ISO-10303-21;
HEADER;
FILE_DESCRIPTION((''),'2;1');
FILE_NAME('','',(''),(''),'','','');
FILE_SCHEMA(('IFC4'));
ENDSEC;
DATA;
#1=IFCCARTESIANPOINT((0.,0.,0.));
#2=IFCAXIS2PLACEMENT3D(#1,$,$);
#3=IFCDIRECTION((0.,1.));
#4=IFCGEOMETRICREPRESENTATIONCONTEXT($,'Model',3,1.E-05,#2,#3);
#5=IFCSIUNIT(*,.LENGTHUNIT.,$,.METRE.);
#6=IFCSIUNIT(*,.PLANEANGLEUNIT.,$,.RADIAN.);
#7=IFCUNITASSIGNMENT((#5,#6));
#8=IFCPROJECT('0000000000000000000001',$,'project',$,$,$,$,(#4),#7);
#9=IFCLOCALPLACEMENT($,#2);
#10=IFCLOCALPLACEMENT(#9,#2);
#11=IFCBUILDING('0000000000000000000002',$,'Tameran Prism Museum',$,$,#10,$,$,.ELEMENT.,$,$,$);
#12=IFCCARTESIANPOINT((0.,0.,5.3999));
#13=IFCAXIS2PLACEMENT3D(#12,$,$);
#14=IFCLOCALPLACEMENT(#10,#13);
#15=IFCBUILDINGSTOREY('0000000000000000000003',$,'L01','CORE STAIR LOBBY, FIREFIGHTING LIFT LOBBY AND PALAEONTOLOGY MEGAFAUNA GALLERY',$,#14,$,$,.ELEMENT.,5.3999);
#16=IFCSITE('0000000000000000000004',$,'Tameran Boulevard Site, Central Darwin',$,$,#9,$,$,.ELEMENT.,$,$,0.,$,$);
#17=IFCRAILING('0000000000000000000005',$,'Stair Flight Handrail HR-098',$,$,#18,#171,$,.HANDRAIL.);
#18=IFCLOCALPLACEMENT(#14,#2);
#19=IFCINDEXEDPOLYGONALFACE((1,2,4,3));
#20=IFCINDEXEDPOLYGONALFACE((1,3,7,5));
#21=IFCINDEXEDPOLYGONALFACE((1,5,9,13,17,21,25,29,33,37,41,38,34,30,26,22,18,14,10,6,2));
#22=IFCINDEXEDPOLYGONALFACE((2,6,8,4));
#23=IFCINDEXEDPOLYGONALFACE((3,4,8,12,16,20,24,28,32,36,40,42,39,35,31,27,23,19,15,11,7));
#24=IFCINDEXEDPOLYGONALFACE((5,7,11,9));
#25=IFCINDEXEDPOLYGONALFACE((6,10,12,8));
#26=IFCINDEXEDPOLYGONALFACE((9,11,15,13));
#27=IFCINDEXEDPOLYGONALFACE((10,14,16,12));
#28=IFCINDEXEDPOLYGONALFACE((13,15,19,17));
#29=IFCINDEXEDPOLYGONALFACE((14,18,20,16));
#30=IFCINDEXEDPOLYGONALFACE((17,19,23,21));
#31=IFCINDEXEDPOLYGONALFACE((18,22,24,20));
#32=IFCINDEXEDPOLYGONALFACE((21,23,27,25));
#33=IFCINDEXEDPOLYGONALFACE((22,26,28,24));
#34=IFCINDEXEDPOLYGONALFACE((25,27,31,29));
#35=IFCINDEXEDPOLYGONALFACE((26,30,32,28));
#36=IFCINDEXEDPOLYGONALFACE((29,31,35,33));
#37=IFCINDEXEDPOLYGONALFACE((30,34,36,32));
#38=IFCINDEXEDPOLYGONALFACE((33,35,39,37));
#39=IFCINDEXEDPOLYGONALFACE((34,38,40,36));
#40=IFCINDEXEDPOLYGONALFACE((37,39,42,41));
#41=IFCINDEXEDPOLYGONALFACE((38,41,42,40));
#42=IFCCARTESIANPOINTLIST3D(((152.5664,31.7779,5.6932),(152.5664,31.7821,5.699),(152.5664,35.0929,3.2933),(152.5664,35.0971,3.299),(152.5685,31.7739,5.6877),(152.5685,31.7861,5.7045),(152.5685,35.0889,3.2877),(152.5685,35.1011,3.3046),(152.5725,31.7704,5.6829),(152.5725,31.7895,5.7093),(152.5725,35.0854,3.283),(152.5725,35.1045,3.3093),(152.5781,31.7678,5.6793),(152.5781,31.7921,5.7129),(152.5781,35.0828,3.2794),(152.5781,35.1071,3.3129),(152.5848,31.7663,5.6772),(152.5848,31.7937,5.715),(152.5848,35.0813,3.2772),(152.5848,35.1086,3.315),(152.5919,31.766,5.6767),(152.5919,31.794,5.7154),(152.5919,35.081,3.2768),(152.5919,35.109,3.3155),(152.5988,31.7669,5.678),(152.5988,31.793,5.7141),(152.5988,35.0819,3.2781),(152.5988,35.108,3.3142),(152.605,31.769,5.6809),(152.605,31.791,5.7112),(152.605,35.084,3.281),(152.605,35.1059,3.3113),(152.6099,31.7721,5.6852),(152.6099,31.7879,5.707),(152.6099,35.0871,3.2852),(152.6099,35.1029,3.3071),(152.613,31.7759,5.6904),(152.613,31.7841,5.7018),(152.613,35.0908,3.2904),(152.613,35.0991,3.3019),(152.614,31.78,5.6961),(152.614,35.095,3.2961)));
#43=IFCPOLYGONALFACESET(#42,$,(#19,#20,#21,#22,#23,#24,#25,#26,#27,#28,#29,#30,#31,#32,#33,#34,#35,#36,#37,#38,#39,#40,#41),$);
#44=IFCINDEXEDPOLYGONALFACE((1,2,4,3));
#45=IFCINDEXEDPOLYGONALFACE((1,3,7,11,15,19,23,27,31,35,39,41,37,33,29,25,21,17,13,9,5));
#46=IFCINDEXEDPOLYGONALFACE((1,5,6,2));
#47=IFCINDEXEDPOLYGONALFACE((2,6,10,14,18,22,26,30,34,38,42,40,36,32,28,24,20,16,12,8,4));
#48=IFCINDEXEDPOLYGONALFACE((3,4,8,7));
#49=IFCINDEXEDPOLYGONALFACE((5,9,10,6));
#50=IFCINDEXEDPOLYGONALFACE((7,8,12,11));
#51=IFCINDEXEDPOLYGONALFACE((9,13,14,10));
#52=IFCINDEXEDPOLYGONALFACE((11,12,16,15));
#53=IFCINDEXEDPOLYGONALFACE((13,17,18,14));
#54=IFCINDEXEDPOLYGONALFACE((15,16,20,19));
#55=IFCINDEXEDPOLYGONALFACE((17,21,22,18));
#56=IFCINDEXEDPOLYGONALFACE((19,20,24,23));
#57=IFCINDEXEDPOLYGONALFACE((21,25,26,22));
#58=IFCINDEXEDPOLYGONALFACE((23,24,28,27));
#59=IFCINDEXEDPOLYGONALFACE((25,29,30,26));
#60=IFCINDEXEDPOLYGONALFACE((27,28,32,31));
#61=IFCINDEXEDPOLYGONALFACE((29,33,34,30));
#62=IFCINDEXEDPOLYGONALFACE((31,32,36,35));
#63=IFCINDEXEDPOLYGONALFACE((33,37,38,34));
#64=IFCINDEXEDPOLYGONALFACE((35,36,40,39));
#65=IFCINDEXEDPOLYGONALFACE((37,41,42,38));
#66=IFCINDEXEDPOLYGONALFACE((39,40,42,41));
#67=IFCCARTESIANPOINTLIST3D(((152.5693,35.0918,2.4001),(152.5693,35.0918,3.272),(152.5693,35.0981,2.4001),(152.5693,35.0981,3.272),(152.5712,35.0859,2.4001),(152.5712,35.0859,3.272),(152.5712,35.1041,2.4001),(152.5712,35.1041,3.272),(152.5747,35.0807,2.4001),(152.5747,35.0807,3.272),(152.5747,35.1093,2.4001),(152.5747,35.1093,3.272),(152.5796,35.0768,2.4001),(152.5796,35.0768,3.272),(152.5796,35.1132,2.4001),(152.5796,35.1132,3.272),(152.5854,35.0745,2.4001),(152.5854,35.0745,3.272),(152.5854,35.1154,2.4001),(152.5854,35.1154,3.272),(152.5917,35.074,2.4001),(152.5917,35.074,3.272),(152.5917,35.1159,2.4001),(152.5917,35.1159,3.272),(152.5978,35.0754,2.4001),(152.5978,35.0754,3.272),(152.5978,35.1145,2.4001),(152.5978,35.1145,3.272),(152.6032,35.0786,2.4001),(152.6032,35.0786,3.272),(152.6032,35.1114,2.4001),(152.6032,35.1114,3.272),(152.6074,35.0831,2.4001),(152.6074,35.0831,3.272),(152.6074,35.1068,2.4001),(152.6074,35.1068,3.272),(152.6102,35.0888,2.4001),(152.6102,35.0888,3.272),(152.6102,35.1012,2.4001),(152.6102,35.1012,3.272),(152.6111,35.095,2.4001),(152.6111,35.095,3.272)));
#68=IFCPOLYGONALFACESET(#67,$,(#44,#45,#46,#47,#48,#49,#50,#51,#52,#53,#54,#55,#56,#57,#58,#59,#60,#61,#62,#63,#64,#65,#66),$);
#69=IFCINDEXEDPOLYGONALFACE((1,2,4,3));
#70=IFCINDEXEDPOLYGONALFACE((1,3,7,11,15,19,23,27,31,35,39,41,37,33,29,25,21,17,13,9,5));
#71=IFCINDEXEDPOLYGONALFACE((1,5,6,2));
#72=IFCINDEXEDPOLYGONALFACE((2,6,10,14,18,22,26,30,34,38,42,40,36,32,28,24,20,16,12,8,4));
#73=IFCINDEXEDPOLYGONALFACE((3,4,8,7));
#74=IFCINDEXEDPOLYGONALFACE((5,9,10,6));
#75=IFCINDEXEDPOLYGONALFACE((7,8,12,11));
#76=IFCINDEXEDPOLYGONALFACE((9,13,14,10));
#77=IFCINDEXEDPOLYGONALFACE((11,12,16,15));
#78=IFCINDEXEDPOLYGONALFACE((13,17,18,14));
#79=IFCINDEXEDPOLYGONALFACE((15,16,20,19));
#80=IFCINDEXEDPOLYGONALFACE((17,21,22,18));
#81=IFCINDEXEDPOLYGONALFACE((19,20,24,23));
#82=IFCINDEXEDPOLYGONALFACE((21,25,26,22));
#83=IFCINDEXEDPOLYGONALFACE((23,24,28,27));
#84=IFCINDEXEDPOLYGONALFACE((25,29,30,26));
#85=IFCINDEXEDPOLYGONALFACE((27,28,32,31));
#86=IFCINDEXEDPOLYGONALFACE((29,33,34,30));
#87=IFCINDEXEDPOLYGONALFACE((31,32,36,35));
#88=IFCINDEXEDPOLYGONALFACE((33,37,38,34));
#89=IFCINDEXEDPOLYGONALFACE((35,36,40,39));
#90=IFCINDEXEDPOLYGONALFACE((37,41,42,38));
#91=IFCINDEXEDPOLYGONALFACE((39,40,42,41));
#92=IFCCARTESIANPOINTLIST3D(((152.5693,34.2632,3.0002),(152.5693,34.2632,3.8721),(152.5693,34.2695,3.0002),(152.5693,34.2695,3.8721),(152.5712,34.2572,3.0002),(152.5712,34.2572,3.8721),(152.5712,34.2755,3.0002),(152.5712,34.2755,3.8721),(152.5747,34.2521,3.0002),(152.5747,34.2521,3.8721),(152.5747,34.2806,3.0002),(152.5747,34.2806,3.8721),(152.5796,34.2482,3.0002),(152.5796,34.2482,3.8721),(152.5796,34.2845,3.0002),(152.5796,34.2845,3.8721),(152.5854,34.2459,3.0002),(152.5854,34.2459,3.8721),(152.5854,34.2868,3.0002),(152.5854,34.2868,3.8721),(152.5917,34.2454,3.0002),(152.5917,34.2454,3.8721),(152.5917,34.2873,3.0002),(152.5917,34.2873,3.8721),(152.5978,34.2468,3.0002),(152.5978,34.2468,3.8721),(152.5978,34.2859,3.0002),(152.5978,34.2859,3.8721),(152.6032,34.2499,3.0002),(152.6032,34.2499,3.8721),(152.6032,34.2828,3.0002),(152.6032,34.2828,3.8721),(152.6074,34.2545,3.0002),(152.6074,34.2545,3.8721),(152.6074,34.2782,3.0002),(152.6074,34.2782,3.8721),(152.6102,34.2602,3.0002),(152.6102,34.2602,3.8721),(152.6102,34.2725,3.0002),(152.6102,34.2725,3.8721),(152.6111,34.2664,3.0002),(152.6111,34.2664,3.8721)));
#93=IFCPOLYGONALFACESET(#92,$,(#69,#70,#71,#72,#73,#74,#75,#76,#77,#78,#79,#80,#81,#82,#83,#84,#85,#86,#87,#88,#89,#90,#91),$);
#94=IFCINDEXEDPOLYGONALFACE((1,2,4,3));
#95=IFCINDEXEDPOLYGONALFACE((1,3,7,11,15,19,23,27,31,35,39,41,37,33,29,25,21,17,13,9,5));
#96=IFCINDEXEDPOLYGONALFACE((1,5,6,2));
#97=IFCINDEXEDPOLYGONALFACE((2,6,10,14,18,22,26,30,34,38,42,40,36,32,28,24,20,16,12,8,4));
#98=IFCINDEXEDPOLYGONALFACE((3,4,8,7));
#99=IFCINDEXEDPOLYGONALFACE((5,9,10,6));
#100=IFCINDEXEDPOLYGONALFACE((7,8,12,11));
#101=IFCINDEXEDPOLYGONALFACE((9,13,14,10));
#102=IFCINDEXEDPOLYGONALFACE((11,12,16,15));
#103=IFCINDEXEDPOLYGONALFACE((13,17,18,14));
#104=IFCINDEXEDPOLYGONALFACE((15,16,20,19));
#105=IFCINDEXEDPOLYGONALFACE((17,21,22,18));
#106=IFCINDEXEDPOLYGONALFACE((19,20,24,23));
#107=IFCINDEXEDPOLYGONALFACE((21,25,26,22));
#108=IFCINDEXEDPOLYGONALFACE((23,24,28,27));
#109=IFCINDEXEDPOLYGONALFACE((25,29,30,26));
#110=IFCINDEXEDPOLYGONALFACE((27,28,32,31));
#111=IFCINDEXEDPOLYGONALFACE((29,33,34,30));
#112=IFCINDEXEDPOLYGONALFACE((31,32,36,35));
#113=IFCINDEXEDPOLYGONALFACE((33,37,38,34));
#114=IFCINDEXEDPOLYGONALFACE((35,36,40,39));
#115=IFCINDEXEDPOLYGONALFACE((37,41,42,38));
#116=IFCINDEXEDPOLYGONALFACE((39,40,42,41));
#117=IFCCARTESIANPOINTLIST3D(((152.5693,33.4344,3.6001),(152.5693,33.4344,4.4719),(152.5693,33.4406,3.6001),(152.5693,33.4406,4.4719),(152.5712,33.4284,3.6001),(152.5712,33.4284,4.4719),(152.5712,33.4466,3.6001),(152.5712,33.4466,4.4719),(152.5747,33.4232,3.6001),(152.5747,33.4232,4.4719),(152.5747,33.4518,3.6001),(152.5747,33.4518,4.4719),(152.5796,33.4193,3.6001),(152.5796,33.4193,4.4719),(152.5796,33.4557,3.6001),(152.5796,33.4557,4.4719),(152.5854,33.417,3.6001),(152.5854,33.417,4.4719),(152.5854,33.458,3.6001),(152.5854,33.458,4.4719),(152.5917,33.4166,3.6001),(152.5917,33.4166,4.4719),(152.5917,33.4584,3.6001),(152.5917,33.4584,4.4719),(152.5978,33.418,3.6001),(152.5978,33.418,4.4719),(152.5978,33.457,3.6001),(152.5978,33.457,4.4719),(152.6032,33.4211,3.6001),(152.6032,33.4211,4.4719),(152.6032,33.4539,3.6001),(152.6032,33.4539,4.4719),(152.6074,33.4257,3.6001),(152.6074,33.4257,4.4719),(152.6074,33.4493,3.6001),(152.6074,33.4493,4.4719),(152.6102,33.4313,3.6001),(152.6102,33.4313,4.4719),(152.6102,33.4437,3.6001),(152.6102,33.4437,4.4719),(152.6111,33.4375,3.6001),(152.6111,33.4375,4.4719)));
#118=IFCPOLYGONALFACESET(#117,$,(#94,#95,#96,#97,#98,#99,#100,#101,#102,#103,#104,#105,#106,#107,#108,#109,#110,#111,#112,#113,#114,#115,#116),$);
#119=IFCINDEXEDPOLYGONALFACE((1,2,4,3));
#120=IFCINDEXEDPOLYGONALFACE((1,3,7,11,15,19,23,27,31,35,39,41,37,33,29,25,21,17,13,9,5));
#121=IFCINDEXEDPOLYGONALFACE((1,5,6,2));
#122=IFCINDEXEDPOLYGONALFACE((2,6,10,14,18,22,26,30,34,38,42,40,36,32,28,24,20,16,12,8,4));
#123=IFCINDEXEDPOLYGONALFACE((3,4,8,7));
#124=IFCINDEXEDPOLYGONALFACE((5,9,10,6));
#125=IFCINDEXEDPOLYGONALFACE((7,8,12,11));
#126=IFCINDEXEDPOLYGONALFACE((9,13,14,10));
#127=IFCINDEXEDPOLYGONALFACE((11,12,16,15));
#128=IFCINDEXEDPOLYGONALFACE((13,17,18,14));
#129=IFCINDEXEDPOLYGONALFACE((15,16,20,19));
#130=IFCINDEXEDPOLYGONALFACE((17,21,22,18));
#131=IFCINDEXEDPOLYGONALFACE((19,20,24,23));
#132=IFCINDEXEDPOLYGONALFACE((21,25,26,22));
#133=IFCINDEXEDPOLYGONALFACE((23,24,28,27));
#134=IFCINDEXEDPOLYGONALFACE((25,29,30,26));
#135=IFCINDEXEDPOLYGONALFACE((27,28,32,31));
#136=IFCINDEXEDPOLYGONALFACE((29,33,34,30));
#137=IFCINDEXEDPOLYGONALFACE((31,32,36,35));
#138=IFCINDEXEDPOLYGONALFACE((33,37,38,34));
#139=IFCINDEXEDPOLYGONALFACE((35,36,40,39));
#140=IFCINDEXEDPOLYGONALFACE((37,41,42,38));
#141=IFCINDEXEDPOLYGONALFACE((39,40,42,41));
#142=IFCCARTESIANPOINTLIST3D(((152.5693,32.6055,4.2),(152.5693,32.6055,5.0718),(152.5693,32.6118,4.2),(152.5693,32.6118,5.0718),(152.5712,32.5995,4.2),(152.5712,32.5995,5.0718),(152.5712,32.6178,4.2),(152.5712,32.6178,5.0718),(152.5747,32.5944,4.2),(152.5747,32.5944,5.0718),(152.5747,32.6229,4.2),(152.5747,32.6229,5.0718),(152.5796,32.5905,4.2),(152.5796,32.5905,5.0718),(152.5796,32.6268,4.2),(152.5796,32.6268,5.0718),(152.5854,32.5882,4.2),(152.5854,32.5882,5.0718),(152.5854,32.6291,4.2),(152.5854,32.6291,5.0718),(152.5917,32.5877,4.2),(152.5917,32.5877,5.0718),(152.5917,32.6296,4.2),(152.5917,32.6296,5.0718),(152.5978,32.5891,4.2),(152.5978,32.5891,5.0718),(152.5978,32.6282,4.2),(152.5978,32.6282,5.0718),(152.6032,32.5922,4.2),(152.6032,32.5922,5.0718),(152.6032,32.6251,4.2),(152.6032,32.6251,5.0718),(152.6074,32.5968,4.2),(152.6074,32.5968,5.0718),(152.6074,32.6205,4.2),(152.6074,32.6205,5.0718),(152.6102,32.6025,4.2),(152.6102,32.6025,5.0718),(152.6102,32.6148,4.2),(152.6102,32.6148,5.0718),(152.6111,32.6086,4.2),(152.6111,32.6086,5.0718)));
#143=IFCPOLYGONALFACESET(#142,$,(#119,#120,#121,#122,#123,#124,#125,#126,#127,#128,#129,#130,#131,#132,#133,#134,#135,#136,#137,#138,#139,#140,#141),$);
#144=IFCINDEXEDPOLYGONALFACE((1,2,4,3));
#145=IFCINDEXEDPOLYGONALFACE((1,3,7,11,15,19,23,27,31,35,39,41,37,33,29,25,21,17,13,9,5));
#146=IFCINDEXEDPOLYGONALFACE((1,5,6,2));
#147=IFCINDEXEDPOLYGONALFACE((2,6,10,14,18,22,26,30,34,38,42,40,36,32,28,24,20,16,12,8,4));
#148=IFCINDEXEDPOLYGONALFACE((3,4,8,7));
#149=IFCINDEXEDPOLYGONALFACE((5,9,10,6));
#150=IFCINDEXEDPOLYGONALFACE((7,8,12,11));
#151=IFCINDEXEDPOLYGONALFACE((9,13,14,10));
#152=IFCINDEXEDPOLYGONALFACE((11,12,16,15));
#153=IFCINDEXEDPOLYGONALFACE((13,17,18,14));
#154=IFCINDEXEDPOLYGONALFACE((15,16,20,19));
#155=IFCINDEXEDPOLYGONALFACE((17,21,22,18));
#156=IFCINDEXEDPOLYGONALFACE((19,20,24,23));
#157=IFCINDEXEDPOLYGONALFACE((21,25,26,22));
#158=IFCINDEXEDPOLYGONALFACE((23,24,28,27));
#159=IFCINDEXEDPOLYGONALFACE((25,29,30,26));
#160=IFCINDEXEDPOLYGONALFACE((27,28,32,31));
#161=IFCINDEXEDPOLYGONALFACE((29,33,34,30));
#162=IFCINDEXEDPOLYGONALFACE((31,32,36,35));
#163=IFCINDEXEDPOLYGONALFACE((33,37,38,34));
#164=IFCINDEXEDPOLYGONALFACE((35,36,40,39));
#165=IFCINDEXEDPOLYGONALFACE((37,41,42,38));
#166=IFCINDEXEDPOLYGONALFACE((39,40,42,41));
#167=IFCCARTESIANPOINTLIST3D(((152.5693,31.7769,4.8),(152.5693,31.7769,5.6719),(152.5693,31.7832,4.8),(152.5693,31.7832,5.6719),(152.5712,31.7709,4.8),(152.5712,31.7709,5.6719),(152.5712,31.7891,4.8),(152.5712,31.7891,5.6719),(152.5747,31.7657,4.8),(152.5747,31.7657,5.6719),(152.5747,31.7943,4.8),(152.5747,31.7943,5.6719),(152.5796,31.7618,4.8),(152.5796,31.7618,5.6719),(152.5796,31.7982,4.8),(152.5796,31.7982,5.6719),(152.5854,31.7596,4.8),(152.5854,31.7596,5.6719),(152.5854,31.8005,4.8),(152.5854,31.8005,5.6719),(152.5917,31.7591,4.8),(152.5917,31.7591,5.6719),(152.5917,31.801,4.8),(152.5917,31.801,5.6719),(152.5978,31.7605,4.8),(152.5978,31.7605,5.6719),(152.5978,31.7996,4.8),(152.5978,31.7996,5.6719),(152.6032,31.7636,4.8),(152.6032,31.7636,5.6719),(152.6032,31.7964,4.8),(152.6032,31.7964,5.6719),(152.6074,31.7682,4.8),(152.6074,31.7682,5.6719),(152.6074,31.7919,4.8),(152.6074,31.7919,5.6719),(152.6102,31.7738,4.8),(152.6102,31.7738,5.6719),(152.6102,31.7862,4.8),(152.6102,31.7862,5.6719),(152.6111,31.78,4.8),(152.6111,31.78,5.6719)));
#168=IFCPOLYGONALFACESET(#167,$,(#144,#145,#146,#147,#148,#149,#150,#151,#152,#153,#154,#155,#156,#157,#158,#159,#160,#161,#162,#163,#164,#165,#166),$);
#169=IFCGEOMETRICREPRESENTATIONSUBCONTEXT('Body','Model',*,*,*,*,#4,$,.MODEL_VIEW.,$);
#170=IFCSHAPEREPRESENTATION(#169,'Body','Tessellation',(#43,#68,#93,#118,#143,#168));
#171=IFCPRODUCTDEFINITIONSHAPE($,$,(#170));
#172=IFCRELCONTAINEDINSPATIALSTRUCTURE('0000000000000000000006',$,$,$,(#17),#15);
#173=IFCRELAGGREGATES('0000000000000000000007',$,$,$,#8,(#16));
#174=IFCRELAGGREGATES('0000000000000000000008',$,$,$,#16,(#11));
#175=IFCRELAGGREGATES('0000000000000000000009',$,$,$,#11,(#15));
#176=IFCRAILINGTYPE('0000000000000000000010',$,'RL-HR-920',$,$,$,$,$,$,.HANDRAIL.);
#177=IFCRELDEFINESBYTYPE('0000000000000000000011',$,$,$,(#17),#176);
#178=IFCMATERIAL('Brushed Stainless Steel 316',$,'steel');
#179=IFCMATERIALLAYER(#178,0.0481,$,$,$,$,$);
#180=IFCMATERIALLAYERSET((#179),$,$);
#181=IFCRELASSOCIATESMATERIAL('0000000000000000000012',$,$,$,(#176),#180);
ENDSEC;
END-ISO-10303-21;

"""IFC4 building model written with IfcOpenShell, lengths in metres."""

from ifc_helpers import new_model, si_unit, direction, frame, origin, origin_2d, place, context, subcontext, project, spatial, circle, extrude, material, layer, layer_set, type_object, element, save


model = new_model("IFC4")

# Units and contexts
model_context = context("Model", 3, precision=1e-05, world=origin(), true_north=direction((0.0, 1.0)))
body_context = subcontext(model_context, "Body", "Model", "MODEL_VIEW")
ifc_project = project(units=[si_unit("LENGTHUNIT", "METRE"), si_unit("PLANEANGLEUNIT", "RADIAN")], contexts=[model_context])

# Site, building, storey
site_placement = place(None, origin())
site = spatial("IfcSite", under=ifc_project, at=site_placement, Name="Tameran Boulevard Site, Central Darwin", CompositionType="ELEMENT", RefElevation=0.0)
building_placement = place(site_placement, origin())
building = spatial("IfcBuilding", under=site, at=building_placement, Name="Tameran Prism Museum", CompositionType="ELEMENT")
storey_placement = place(building_placement, frame((0.0, 0.0, 5.3999)))
storey = spatial("IfcBuildingStorey", under=building, at=storey_placement, Name="L01", Description="CORE STAIR LOBBY, FIREFIGHTING LIFT LOBBY AND PALAEONTOLOGY MEGAFAUNA GALLERY", CompositionType="ELEMENT", Elevation=5.3999)

# Railing
ifc_material_1 = material(Name="Brushed Stainless Steel 316", Category="steel")
ifc_layer_1 = layer(ifc_material_1, 0.0481)
ifc_layer_set_1 = layer_set([ifc_layer_1])
railing_type_1 = type_object("IfcRailingType", Name="RL-HR-920", PredefinedType="HANDRAIL", material=ifc_layer_set_1)
railing_1_placement = place(storey_placement, frame((152.5901, 35.095, 2.4001)))
element("IfcRailing", 1, at=railing_1_placement, inside=storey, type_object=railing_type_1, Name="Stair Flight Handrail HR-098", PredefinedType="HANDRAIL", context=body_context, shape_type="SweptSolid", body=[
    extrude(circle(Radius=0.0239, at=origin_2d()), frame((0.0, 0.0, 0.896), z_axis=(0.0, -0.810009, 0.586418), x_axis=(1.0, 0.0, 0.0)), (0.0, 0.0, 1.0), 4.0925),
    extrude(circle(Radius=0.021, at=origin_2d()), origin(), (0.0, 0.0, 1.0), 0.8718),
    extrude(circle(Radius=0.021, at=origin_2d()), frame((0.0, -0.8286, 0.6001)), (0.0, 0.0, 1.0), 0.8718),
    extrude(circle(Radius=0.021, at=origin_2d()), frame((0.0, -1.6575, 1.2)), (0.0, 0.0, 1.0), 0.8718),
    extrude(circle(Radius=0.021, at=origin_2d()), frame((0.0, -2.4863, 1.7998)), (0.0, 0.0, 1.0), 0.8718),
    extrude(circle(Radius=0.021, at=origin_2d()), frame((0.0, -3.3149, 2.3999)), (0.0, 0.0, 1.0), 0.8718),
])

save(model, "model.ifc")
